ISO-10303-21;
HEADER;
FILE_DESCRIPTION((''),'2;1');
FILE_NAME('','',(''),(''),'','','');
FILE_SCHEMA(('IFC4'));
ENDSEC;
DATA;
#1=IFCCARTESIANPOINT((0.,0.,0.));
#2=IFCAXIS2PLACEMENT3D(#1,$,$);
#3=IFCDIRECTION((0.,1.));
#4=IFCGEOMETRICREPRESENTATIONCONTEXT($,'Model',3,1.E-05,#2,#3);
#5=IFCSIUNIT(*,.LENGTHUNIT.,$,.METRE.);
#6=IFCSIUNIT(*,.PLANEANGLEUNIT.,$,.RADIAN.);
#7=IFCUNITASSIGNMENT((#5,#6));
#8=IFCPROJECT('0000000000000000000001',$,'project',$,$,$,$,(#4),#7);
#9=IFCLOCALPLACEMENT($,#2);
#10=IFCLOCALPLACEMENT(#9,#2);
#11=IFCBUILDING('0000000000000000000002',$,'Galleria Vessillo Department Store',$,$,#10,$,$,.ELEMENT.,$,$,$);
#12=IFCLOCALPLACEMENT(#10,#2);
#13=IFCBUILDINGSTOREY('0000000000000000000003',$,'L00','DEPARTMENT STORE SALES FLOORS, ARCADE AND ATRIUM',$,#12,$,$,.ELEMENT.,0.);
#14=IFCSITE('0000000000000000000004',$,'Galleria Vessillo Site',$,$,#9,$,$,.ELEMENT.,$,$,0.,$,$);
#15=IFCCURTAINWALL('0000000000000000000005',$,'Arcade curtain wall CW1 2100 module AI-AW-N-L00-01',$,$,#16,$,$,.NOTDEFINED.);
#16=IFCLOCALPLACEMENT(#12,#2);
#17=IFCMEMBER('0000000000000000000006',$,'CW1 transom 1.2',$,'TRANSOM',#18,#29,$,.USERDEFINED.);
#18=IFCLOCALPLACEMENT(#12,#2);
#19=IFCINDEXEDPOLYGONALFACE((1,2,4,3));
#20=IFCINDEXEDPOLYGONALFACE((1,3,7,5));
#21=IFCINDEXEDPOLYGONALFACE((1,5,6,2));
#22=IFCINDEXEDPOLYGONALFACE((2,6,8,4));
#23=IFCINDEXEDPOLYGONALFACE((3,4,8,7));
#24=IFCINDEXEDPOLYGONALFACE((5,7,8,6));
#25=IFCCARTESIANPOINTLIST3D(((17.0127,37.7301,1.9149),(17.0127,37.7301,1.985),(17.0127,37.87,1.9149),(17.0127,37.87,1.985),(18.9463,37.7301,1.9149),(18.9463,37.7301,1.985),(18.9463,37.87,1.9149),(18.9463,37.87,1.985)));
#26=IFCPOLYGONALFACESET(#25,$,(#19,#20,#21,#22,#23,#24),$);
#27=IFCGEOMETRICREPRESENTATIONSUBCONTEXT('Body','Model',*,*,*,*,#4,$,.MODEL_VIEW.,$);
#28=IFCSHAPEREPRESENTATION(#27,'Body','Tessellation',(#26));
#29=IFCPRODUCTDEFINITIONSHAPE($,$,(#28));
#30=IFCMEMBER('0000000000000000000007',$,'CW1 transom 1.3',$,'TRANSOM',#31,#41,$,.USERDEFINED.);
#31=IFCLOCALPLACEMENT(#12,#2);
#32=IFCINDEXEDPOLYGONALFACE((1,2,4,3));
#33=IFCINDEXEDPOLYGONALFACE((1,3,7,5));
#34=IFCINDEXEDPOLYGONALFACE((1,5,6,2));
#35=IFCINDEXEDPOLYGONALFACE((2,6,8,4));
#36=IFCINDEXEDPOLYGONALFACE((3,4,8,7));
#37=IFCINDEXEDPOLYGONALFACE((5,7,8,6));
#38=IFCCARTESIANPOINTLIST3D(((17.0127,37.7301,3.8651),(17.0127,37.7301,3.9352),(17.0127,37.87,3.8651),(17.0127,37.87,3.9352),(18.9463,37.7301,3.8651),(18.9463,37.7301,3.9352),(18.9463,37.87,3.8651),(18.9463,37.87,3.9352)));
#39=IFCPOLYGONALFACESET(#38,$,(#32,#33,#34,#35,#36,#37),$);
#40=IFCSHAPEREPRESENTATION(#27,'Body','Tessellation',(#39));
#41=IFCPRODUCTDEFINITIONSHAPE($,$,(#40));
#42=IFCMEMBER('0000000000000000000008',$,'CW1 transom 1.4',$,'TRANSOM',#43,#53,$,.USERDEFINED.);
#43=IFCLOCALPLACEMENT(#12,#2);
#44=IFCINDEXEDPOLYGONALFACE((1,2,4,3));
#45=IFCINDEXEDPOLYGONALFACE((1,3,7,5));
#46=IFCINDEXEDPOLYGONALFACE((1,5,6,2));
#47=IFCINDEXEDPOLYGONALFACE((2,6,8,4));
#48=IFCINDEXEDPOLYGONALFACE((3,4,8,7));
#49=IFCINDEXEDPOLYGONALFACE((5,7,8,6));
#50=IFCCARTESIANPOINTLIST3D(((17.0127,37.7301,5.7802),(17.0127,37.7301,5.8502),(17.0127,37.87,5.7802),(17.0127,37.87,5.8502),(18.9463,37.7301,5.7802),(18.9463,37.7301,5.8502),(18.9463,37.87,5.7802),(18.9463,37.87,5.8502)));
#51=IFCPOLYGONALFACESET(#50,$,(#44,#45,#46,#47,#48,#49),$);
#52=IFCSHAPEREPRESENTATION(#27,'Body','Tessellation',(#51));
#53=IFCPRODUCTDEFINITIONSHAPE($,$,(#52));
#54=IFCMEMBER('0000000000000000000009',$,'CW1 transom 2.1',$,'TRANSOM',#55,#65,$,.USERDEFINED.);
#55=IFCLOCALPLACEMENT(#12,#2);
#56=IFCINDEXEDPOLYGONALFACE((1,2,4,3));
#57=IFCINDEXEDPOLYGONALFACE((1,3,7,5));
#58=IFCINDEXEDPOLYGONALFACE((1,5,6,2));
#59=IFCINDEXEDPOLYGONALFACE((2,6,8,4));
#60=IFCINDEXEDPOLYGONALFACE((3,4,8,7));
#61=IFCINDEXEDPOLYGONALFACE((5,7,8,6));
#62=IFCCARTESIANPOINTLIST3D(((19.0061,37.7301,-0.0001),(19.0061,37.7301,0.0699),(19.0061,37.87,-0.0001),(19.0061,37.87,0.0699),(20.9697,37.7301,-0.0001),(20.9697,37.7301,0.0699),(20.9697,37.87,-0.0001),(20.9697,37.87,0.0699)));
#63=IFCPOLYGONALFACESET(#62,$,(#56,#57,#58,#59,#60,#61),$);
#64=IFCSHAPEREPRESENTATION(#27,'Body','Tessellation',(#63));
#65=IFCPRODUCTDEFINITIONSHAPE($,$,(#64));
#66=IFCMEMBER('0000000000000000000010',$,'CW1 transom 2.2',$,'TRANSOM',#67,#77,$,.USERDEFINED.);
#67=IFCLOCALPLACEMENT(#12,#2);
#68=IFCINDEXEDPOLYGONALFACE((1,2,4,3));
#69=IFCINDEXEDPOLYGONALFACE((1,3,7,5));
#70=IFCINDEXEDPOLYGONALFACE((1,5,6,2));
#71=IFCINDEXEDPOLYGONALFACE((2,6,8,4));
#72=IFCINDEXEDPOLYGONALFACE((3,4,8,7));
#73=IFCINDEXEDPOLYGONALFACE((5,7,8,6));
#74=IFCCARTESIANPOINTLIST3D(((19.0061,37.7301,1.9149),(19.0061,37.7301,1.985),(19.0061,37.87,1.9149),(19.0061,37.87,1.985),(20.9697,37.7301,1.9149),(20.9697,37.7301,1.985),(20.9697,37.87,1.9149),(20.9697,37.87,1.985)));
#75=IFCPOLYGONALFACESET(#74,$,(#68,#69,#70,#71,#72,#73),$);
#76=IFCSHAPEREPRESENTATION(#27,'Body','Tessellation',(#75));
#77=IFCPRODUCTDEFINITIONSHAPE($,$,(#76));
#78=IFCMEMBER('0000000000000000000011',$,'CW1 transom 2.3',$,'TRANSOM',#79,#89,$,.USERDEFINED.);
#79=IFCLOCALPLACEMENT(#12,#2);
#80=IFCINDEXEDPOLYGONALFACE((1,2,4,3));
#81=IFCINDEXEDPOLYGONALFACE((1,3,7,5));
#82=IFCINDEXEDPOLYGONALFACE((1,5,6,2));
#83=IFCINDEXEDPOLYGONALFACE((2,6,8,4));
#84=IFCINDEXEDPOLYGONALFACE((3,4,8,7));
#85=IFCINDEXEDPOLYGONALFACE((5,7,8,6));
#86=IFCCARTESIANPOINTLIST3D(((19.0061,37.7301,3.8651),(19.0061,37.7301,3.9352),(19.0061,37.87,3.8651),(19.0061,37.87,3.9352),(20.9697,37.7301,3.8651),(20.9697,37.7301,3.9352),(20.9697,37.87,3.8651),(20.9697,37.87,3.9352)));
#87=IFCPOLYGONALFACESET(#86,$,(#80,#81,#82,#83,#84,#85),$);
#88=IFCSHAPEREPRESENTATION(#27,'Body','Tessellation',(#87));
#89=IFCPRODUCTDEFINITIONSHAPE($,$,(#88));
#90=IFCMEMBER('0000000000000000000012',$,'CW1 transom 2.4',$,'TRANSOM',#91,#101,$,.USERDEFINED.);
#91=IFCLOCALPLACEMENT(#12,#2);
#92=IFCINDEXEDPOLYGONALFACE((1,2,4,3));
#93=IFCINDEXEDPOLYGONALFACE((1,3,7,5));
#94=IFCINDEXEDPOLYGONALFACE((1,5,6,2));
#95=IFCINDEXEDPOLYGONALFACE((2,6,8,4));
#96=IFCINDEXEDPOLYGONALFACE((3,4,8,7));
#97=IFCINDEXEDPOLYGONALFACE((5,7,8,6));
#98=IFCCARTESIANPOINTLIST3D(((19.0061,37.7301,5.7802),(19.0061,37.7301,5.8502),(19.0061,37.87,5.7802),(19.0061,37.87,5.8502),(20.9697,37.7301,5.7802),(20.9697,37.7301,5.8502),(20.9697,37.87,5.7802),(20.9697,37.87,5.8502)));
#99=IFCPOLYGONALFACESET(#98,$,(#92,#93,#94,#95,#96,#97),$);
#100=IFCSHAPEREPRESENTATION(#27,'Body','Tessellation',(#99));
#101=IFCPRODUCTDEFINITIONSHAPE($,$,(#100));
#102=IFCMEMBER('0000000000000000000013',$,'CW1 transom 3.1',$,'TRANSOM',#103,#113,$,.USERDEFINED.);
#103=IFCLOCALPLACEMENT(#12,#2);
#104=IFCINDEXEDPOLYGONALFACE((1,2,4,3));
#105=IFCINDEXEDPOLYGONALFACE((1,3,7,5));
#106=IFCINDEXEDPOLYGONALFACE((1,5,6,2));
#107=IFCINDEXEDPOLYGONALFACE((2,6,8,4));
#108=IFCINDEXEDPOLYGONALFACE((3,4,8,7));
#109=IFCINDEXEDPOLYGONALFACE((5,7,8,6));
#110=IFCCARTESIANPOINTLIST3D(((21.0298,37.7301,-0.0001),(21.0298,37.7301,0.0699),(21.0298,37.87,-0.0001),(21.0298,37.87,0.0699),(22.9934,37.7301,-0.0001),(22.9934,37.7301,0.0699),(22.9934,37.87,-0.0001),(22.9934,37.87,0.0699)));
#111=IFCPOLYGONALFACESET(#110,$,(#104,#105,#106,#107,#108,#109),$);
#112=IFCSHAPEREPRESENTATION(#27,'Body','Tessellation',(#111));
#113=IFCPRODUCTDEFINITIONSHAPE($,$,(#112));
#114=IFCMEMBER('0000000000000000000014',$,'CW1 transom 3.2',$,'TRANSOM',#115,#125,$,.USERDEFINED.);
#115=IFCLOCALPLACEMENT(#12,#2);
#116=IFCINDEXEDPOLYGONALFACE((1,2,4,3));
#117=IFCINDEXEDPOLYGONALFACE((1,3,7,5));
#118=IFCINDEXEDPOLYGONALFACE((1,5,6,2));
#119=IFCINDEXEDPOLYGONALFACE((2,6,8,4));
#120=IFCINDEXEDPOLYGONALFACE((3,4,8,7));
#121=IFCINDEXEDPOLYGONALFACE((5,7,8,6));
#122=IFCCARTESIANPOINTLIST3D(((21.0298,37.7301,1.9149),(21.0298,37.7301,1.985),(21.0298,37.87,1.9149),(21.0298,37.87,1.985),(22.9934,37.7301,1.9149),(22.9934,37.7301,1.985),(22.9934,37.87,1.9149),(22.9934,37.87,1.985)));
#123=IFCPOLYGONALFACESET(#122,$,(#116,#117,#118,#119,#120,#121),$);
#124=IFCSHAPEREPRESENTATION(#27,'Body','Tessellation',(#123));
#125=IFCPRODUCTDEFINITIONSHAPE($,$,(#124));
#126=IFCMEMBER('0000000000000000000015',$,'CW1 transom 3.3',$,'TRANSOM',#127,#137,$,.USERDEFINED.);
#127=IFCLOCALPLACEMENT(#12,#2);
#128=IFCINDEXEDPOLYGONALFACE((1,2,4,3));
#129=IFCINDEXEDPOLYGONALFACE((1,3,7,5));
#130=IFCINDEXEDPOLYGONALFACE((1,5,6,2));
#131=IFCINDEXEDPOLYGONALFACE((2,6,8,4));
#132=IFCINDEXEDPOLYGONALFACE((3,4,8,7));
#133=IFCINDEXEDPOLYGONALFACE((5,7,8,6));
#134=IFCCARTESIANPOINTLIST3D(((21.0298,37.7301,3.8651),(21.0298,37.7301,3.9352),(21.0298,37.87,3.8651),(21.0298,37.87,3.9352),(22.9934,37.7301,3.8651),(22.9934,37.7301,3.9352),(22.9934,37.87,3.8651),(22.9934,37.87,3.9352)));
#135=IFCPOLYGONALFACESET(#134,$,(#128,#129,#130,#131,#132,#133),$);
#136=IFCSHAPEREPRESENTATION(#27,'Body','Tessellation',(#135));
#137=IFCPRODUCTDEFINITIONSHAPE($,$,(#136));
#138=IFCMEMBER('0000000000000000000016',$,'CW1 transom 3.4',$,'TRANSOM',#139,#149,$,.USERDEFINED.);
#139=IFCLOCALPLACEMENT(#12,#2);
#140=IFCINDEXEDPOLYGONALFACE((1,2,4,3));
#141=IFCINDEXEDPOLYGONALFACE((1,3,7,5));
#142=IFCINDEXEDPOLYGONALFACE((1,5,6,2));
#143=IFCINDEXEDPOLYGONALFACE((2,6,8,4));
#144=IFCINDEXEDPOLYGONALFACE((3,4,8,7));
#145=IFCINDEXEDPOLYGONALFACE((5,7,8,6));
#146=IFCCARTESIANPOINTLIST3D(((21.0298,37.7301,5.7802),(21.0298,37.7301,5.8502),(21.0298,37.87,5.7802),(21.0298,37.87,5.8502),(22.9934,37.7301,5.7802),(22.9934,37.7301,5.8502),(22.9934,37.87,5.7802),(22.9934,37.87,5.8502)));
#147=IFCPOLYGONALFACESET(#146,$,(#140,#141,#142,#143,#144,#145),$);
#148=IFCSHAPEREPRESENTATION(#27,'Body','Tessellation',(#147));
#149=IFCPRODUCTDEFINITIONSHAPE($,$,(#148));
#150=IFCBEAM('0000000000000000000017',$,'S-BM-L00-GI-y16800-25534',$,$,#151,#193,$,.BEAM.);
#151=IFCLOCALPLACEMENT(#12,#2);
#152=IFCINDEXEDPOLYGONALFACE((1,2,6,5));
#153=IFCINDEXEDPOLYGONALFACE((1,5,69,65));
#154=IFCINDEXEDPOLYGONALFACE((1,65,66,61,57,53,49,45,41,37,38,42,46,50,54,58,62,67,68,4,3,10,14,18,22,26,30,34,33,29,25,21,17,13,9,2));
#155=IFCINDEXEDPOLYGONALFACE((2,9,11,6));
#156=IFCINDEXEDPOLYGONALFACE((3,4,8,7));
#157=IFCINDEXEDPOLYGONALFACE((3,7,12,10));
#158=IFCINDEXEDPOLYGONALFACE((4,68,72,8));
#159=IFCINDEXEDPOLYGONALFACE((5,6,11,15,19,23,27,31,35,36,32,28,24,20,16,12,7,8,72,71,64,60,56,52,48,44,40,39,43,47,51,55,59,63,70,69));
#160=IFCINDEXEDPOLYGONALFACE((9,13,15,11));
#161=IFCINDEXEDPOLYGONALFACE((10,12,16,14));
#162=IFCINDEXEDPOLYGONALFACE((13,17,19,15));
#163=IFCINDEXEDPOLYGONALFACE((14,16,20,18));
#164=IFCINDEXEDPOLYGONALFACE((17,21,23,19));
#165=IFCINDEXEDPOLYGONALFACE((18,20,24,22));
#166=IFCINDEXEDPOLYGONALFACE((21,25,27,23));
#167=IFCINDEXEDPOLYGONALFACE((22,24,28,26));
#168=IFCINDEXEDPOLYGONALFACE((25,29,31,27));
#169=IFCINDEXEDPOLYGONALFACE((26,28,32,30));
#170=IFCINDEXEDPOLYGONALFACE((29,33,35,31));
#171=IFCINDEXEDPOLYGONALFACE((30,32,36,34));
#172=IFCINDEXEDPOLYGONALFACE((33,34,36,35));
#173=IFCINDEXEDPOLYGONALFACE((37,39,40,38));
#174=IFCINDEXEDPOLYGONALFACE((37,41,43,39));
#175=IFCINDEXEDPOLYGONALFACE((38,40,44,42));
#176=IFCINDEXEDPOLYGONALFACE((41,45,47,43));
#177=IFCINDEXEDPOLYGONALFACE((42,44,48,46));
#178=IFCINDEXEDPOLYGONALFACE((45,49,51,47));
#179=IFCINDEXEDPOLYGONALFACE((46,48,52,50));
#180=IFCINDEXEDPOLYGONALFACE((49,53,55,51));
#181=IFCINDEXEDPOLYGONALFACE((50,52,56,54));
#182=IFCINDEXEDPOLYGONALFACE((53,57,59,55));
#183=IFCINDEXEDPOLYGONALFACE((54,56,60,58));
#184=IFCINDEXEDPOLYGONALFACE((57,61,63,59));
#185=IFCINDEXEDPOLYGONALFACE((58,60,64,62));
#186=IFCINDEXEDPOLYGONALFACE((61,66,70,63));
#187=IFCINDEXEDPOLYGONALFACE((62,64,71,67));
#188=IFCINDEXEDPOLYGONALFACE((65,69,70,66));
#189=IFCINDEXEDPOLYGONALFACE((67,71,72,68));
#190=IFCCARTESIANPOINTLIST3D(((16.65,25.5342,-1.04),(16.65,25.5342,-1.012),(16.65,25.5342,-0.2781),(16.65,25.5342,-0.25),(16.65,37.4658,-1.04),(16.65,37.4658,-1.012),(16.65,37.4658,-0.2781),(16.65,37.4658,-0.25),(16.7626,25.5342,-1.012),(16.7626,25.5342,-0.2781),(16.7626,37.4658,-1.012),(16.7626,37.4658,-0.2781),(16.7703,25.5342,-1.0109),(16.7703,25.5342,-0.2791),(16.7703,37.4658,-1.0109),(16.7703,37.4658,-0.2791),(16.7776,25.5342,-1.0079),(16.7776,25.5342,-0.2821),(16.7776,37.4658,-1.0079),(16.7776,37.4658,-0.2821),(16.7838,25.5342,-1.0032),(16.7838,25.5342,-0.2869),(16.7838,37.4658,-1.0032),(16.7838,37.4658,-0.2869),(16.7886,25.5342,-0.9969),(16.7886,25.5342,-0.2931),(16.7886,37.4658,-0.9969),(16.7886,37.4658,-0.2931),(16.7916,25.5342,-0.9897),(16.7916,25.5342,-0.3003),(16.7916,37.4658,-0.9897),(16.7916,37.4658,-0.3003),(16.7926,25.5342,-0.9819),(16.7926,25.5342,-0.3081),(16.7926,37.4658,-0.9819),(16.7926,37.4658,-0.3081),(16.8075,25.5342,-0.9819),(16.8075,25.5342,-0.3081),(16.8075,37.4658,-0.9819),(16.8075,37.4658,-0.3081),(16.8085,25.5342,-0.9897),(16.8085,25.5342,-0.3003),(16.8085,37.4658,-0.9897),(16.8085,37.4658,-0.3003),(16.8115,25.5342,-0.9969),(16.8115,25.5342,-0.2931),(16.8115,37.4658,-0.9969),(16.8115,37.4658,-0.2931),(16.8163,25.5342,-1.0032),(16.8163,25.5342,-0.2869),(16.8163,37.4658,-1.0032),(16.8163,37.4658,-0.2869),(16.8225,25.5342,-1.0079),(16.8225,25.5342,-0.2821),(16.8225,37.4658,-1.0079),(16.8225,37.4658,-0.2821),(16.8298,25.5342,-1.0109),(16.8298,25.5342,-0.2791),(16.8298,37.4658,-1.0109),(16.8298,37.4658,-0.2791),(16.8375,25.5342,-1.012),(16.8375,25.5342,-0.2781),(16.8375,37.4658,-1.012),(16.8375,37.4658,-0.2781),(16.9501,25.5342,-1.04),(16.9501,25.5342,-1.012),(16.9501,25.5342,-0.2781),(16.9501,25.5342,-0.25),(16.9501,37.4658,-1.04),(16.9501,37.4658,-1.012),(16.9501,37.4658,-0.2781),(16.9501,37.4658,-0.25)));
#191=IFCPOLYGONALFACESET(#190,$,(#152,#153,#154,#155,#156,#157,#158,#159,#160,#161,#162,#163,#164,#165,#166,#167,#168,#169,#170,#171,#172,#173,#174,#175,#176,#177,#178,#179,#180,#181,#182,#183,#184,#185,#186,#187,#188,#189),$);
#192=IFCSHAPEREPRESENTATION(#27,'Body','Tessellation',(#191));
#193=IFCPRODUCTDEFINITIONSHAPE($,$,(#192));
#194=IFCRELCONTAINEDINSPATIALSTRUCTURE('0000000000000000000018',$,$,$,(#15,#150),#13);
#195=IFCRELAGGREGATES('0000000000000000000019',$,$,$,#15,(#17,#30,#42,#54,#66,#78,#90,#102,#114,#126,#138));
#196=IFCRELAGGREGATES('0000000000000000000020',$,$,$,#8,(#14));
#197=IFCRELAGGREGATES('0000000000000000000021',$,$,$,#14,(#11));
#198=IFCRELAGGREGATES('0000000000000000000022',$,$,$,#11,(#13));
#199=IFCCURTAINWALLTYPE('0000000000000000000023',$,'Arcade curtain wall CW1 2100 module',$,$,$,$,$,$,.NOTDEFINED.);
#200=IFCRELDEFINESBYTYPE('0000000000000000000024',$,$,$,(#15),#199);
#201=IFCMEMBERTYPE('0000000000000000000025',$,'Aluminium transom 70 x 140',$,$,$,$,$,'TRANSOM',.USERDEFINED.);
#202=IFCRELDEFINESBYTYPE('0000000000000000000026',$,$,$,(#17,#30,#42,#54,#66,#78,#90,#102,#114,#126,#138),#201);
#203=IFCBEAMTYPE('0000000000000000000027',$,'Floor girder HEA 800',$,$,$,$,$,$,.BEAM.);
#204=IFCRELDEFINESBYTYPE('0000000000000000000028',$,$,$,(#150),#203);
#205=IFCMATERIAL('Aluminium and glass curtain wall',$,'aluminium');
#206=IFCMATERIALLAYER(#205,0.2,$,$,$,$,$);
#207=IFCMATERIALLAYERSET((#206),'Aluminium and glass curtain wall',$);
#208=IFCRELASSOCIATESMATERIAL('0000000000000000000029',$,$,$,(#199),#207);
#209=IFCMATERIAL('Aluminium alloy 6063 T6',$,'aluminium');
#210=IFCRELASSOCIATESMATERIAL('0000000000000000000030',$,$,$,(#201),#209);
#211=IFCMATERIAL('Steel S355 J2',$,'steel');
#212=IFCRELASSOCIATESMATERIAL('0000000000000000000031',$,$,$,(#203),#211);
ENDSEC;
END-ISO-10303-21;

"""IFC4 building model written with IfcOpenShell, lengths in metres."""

from ifc_helpers import new_model, si_unit, direction, frame, origin, origin_2d, place, context, subcontext, project, spatial, rectangle, i_section, extrude, material, layer, layer_set, material_profile, profile_set, type_object, element, aggregate, save


model = new_model("IFC4")

# Units and contexts
model_context = context("Model", 3, precision=1e-05, world=origin(), true_north=direction((0.0, 1.0)))
body_context = subcontext(model_context, "Body", "Model", "MODEL_VIEW")
ifc_project = project(units=[si_unit("LENGTHUNIT", "METRE"), si_unit("PLANEANGLEUNIT", "RADIAN")], contexts=[model_context])

# Site, building, storey
site_placement = place(None, origin())
site = spatial("IfcSite", under=ifc_project, at=site_placement, Name="Galleria Vessillo Site", CompositionType="ELEMENT", RefElevation=0.0)
building_placement = place(site_placement, origin())
building = spatial("IfcBuilding", under=site, at=building_placement, Name="Galleria Vessillo Department Store", CompositionType="ELEMENT")
storey_placement = place(building_placement, origin())
storey = spatial("IfcBuildingStorey", under=building, at=storey_placement, Name="L00", Description="DEPARTMENT STORE SALES FLOORS, ARCADE AND ATRIUM", CompositionType="ELEMENT", Elevation=0.0)

# Curtain wall
ifc_material_1 = material(Name="Aluminium and glass curtain wall", Category="aluminium")
ifc_layer_1 = layer(ifc_material_1, 0.2)
ifc_layer_set_1 = layer_set([ifc_layer_1], Name="Aluminium and glass curtain wall")
curtain_wall_type_1 = type_object("IfcCurtainWallType", Name="Arcade curtain wall CW1 2100 module", PredefinedType="NOTDEFINED", material=ifc_layer_set_1)
curtain_wall_1_placement = place(storey_placement, origin())
curtain_wall_1 = element("IfcCurtainWall", 1, at=curtain_wall_1_placement, inside=storey, type_object=curtain_wall_type_1, Name="Arcade curtain wall CW1 2100 module AI-AW-N-L00-01", PredefinedType="NOTDEFINED")

# Members
ifc_material_2 = material(Name="Aluminium alloy 6063 T6", Category="aluminium")
ifc_material_profile_1 = material_profile(ifc_material_2, rectangle(XDim=0.1399, YDim=0.0701, at=origin_2d()), Name="AL 70x140")
ifc_profile_set_1 = profile_set([ifc_material_profile_1], Name="Aluminium alloy 6063 T6")
member_type_1 = type_object("IfcMemberType", Name="Aluminium transom 70 x 140", ElementType="TRANSOM", PredefinedType="USERDEFINED", material=ifc_profile_set_1)
member_1_placement = place(storey_placement, frame((17.0127, 37.8, 1.95), z_axis=(1.0, 0.0, 0.0), x_axis=(0.0, 1.0, 0.0)))
member_1 = element("IfcMember", 2, at=member_1_placement, type_object=member_type_1, Name="CW1 transom 1.2", ObjectType="TRANSOM", PredefinedType="USERDEFINED", context=body_context, shape_type="SweptSolid", body=[
    extrude(rectangle(XDim=0.1399, YDim=0.0701, at=origin_2d()), origin(), (0.0, 0.0, 1.0), 1.9336),
])
member_2_placement = place(storey_placement, frame((17.0127, 37.8, 3.9001), z_axis=(1.0, 0.0, 0.0), x_axis=(0.0, 1.0, 0.0)))
member_2 = element("IfcMember", 3, at=member_2_placement, type_object=member_type_1, Name="CW1 transom 1.3", ObjectType="TRANSOM", PredefinedType="USERDEFINED", context=body_context, shape_type="SweptSolid", body=[
    extrude(rectangle(XDim=0.1399, YDim=0.0701, at=origin_2d()), origin(), (0.0, 0.0, 1.0), 1.9336),
])
member_3_placement = place(storey_placement, frame((17.0127, 37.8, 5.8152), z_axis=(1.0, 0.0, 0.0), x_axis=(0.0, 1.0, 0.0)))
member_3 = element("IfcMember", 4, at=member_3_placement, type_object=member_type_1, Name="CW1 transom 1.4", ObjectType="TRANSOM", PredefinedType="USERDEFINED", context=body_context, shape_type="SweptSolid", body=[
    extrude(rectangle(XDim=0.1399, YDim=0.0701, at=origin_2d()), origin(), (0.0, 0.0, 1.0), 1.9336),
])
member_4_placement = place(storey_placement, frame((19.0061, 37.8, 0.0349), z_axis=(1.0, 0.0, 0.0), x_axis=(0.0, 1.0, 0.0)))
member_4 = element("IfcMember", 5, at=member_4_placement, type_object=member_type_1, Name="CW1 transom 2.1", ObjectType="TRANSOM", PredefinedType="USERDEFINED", context=body_context, shape_type="SweptSolid", body=[
    extrude(rectangle(XDim=0.1399, YDim=0.0701, at=origin_2d()), origin(), (0.0, 0.0, 1.0), 1.9636),
])
member_5_placement = place(storey_placement, frame((19.0061, 37.8, 1.95), z_axis=(1.0, 0.0, 0.0), x_axis=(0.0, 1.0, 0.0)))
member_5 = element("IfcMember", 6, at=member_5_placement, type_object=member_type_1, Name="CW1 transom 2.2", ObjectType="TRANSOM", PredefinedType="USERDEFINED", context=body_context, shape_type="SweptSolid", body=[
    extrude(rectangle(XDim=0.1399, YDim=0.0701, at=origin_2d()), origin(), (0.0, 0.0, 1.0), 1.9636),
])
member_6_placement = place(storey_placement, frame((19.0061, 37.8, 3.9001), z_axis=(1.0, 0.0, 0.0), x_axis=(0.0, 1.0, 0.0)))
member_6 = element("IfcMember", 7, at=member_6_placement, type_object=member_type_1, Name="CW1 transom 2.3", ObjectType="TRANSOM", PredefinedType="USERDEFINED", context=body_context, shape_type="SweptSolid", body=[
    extrude(rectangle(XDim=0.1399, YDim=0.0701, at=origin_2d()), origin(), (0.0, 0.0, 1.0), 1.9636),
])
member_7_placement = place(storey_placement, frame((19.0061, 37.8, 5.8152), z_axis=(1.0, 0.0, 0.0), x_axis=(0.0, 1.0, 0.0)))
member_7 = element("IfcMember", 8, at=member_7_placement, type_object=member_type_1, Name="CW1 transom 2.4", ObjectType="TRANSOM", PredefinedType="USERDEFINED", context=body_context, shape_type="SweptSolid", body=[
    extrude(rectangle(XDim=0.1399, YDim=0.0701, at=origin_2d()), origin(), (0.0, 0.0, 1.0), 1.9636),
])
member_8_placement = place(storey_placement, frame((21.0298, 37.8, 0.0349), z_axis=(1.0, 0.0, 0.0), x_axis=(0.0, 1.0, 0.0)))
member_8 = element("IfcMember", 9, at=member_8_placement, type_object=member_type_1, Name="CW1 transom 3.1", ObjectType="TRANSOM", PredefinedType="USERDEFINED", context=body_context, shape_type="SweptSolid", body=[
    extrude(rectangle(XDim=0.1399, YDim=0.0701, at=origin_2d()), origin(), (0.0, 0.0, 1.0), 1.9636),
])
member_9_placement = place(storey_placement, frame((21.0298, 37.8, 1.95), z_axis=(1.0, 0.0, 0.0), x_axis=(0.0, 1.0, 0.0)))
member_9 = element("IfcMember", 10, at=member_9_placement, type_object=member_type_1, Name="CW1 transom 3.2", ObjectType="TRANSOM", PredefinedType="USERDEFINED", context=body_context, shape_type="SweptSolid", body=[
    extrude(rectangle(XDim=0.1399, YDim=0.0701, at=origin_2d()), origin(), (0.0, 0.0, 1.0), 1.9636),
])
member_10_placement = place(storey_placement, frame((21.0298, 37.8, 3.9001), z_axis=(1.0, 0.0, 0.0), x_axis=(0.0, 1.0, 0.0)))
member_10 = element("IfcMember", 11, at=member_10_placement, type_object=member_type_1, Name="CW1 transom 3.3", ObjectType="TRANSOM", PredefinedType="USERDEFINED", context=body_context, shape_type="SweptSolid", body=[
    extrude(rectangle(XDim=0.1399, YDim=0.0701, at=origin_2d()), origin(), (0.0, 0.0, 1.0), 1.9636),
])
member_11_placement = place(storey_placement, frame((21.0298, 37.8, 5.8152), z_axis=(1.0, 0.0, 0.0), x_axis=(0.0, 1.0, 0.0)))
member_11 = element("IfcMember", 12, at=member_11_placement, type_object=member_type_1, Name="CW1 transom 3.4", ObjectType="TRANSOM", PredefinedType="USERDEFINED", context=body_context, shape_type="SweptSolid", body=[
    extrude(rectangle(XDim=0.1399, YDim=0.0701, at=origin_2d()), origin(), (0.0, 0.0, 1.0), 1.9636),
])

# Beam
ifc_material_3 = material(Name="Steel S355 J2", Category="steel")
ifc_material_profile_2 = material_profile(ifc_material_3, i_section(OverallWidth=0.3, OverallDepth=0.79, WebThickness=0.0149, FlangeThickness=0.0281, FilletRadius=0.03, at=origin_2d()), Name="HEA 800")
ifc_profile_set_2 = profile_set([ifc_material_profile_2], Name="Steel S355 J2")
beam_type_1 = type_object("IfcBeamType", Name="Floor girder HEA 800", PredefinedType="BEAM", material=ifc_profile_set_2)
beam_1_placement = place(storey_placement, frame((16.8, 25.5342, -0.645), z_axis=(0.0, 1.0, 0.0), x_axis=(-1.0, 0.0, 0.0)))
element("IfcBeam", 13, at=beam_1_placement, inside=storey, type_object=beam_type_1, Name="S-BM-L00-GI-y16800-25534", PredefinedType="BEAM", context=body_context, shape_type="SweptSolid", body=[
    extrude(i_section(OverallWidth=0.3, OverallDepth=0.79, WebThickness=0.0149, FlangeThickness=0.0281, FilletRadius=0.03, at=origin_2d()), origin(), (0.0, 0.0, 1.0), 11.9316),
])

aggregate(curtain_wall_1, [member_1, member_2, member_3, member_4, member_5, member_6, member_7, member_8, member_9, member_10, member_11])

save(model, "model.ifc")
